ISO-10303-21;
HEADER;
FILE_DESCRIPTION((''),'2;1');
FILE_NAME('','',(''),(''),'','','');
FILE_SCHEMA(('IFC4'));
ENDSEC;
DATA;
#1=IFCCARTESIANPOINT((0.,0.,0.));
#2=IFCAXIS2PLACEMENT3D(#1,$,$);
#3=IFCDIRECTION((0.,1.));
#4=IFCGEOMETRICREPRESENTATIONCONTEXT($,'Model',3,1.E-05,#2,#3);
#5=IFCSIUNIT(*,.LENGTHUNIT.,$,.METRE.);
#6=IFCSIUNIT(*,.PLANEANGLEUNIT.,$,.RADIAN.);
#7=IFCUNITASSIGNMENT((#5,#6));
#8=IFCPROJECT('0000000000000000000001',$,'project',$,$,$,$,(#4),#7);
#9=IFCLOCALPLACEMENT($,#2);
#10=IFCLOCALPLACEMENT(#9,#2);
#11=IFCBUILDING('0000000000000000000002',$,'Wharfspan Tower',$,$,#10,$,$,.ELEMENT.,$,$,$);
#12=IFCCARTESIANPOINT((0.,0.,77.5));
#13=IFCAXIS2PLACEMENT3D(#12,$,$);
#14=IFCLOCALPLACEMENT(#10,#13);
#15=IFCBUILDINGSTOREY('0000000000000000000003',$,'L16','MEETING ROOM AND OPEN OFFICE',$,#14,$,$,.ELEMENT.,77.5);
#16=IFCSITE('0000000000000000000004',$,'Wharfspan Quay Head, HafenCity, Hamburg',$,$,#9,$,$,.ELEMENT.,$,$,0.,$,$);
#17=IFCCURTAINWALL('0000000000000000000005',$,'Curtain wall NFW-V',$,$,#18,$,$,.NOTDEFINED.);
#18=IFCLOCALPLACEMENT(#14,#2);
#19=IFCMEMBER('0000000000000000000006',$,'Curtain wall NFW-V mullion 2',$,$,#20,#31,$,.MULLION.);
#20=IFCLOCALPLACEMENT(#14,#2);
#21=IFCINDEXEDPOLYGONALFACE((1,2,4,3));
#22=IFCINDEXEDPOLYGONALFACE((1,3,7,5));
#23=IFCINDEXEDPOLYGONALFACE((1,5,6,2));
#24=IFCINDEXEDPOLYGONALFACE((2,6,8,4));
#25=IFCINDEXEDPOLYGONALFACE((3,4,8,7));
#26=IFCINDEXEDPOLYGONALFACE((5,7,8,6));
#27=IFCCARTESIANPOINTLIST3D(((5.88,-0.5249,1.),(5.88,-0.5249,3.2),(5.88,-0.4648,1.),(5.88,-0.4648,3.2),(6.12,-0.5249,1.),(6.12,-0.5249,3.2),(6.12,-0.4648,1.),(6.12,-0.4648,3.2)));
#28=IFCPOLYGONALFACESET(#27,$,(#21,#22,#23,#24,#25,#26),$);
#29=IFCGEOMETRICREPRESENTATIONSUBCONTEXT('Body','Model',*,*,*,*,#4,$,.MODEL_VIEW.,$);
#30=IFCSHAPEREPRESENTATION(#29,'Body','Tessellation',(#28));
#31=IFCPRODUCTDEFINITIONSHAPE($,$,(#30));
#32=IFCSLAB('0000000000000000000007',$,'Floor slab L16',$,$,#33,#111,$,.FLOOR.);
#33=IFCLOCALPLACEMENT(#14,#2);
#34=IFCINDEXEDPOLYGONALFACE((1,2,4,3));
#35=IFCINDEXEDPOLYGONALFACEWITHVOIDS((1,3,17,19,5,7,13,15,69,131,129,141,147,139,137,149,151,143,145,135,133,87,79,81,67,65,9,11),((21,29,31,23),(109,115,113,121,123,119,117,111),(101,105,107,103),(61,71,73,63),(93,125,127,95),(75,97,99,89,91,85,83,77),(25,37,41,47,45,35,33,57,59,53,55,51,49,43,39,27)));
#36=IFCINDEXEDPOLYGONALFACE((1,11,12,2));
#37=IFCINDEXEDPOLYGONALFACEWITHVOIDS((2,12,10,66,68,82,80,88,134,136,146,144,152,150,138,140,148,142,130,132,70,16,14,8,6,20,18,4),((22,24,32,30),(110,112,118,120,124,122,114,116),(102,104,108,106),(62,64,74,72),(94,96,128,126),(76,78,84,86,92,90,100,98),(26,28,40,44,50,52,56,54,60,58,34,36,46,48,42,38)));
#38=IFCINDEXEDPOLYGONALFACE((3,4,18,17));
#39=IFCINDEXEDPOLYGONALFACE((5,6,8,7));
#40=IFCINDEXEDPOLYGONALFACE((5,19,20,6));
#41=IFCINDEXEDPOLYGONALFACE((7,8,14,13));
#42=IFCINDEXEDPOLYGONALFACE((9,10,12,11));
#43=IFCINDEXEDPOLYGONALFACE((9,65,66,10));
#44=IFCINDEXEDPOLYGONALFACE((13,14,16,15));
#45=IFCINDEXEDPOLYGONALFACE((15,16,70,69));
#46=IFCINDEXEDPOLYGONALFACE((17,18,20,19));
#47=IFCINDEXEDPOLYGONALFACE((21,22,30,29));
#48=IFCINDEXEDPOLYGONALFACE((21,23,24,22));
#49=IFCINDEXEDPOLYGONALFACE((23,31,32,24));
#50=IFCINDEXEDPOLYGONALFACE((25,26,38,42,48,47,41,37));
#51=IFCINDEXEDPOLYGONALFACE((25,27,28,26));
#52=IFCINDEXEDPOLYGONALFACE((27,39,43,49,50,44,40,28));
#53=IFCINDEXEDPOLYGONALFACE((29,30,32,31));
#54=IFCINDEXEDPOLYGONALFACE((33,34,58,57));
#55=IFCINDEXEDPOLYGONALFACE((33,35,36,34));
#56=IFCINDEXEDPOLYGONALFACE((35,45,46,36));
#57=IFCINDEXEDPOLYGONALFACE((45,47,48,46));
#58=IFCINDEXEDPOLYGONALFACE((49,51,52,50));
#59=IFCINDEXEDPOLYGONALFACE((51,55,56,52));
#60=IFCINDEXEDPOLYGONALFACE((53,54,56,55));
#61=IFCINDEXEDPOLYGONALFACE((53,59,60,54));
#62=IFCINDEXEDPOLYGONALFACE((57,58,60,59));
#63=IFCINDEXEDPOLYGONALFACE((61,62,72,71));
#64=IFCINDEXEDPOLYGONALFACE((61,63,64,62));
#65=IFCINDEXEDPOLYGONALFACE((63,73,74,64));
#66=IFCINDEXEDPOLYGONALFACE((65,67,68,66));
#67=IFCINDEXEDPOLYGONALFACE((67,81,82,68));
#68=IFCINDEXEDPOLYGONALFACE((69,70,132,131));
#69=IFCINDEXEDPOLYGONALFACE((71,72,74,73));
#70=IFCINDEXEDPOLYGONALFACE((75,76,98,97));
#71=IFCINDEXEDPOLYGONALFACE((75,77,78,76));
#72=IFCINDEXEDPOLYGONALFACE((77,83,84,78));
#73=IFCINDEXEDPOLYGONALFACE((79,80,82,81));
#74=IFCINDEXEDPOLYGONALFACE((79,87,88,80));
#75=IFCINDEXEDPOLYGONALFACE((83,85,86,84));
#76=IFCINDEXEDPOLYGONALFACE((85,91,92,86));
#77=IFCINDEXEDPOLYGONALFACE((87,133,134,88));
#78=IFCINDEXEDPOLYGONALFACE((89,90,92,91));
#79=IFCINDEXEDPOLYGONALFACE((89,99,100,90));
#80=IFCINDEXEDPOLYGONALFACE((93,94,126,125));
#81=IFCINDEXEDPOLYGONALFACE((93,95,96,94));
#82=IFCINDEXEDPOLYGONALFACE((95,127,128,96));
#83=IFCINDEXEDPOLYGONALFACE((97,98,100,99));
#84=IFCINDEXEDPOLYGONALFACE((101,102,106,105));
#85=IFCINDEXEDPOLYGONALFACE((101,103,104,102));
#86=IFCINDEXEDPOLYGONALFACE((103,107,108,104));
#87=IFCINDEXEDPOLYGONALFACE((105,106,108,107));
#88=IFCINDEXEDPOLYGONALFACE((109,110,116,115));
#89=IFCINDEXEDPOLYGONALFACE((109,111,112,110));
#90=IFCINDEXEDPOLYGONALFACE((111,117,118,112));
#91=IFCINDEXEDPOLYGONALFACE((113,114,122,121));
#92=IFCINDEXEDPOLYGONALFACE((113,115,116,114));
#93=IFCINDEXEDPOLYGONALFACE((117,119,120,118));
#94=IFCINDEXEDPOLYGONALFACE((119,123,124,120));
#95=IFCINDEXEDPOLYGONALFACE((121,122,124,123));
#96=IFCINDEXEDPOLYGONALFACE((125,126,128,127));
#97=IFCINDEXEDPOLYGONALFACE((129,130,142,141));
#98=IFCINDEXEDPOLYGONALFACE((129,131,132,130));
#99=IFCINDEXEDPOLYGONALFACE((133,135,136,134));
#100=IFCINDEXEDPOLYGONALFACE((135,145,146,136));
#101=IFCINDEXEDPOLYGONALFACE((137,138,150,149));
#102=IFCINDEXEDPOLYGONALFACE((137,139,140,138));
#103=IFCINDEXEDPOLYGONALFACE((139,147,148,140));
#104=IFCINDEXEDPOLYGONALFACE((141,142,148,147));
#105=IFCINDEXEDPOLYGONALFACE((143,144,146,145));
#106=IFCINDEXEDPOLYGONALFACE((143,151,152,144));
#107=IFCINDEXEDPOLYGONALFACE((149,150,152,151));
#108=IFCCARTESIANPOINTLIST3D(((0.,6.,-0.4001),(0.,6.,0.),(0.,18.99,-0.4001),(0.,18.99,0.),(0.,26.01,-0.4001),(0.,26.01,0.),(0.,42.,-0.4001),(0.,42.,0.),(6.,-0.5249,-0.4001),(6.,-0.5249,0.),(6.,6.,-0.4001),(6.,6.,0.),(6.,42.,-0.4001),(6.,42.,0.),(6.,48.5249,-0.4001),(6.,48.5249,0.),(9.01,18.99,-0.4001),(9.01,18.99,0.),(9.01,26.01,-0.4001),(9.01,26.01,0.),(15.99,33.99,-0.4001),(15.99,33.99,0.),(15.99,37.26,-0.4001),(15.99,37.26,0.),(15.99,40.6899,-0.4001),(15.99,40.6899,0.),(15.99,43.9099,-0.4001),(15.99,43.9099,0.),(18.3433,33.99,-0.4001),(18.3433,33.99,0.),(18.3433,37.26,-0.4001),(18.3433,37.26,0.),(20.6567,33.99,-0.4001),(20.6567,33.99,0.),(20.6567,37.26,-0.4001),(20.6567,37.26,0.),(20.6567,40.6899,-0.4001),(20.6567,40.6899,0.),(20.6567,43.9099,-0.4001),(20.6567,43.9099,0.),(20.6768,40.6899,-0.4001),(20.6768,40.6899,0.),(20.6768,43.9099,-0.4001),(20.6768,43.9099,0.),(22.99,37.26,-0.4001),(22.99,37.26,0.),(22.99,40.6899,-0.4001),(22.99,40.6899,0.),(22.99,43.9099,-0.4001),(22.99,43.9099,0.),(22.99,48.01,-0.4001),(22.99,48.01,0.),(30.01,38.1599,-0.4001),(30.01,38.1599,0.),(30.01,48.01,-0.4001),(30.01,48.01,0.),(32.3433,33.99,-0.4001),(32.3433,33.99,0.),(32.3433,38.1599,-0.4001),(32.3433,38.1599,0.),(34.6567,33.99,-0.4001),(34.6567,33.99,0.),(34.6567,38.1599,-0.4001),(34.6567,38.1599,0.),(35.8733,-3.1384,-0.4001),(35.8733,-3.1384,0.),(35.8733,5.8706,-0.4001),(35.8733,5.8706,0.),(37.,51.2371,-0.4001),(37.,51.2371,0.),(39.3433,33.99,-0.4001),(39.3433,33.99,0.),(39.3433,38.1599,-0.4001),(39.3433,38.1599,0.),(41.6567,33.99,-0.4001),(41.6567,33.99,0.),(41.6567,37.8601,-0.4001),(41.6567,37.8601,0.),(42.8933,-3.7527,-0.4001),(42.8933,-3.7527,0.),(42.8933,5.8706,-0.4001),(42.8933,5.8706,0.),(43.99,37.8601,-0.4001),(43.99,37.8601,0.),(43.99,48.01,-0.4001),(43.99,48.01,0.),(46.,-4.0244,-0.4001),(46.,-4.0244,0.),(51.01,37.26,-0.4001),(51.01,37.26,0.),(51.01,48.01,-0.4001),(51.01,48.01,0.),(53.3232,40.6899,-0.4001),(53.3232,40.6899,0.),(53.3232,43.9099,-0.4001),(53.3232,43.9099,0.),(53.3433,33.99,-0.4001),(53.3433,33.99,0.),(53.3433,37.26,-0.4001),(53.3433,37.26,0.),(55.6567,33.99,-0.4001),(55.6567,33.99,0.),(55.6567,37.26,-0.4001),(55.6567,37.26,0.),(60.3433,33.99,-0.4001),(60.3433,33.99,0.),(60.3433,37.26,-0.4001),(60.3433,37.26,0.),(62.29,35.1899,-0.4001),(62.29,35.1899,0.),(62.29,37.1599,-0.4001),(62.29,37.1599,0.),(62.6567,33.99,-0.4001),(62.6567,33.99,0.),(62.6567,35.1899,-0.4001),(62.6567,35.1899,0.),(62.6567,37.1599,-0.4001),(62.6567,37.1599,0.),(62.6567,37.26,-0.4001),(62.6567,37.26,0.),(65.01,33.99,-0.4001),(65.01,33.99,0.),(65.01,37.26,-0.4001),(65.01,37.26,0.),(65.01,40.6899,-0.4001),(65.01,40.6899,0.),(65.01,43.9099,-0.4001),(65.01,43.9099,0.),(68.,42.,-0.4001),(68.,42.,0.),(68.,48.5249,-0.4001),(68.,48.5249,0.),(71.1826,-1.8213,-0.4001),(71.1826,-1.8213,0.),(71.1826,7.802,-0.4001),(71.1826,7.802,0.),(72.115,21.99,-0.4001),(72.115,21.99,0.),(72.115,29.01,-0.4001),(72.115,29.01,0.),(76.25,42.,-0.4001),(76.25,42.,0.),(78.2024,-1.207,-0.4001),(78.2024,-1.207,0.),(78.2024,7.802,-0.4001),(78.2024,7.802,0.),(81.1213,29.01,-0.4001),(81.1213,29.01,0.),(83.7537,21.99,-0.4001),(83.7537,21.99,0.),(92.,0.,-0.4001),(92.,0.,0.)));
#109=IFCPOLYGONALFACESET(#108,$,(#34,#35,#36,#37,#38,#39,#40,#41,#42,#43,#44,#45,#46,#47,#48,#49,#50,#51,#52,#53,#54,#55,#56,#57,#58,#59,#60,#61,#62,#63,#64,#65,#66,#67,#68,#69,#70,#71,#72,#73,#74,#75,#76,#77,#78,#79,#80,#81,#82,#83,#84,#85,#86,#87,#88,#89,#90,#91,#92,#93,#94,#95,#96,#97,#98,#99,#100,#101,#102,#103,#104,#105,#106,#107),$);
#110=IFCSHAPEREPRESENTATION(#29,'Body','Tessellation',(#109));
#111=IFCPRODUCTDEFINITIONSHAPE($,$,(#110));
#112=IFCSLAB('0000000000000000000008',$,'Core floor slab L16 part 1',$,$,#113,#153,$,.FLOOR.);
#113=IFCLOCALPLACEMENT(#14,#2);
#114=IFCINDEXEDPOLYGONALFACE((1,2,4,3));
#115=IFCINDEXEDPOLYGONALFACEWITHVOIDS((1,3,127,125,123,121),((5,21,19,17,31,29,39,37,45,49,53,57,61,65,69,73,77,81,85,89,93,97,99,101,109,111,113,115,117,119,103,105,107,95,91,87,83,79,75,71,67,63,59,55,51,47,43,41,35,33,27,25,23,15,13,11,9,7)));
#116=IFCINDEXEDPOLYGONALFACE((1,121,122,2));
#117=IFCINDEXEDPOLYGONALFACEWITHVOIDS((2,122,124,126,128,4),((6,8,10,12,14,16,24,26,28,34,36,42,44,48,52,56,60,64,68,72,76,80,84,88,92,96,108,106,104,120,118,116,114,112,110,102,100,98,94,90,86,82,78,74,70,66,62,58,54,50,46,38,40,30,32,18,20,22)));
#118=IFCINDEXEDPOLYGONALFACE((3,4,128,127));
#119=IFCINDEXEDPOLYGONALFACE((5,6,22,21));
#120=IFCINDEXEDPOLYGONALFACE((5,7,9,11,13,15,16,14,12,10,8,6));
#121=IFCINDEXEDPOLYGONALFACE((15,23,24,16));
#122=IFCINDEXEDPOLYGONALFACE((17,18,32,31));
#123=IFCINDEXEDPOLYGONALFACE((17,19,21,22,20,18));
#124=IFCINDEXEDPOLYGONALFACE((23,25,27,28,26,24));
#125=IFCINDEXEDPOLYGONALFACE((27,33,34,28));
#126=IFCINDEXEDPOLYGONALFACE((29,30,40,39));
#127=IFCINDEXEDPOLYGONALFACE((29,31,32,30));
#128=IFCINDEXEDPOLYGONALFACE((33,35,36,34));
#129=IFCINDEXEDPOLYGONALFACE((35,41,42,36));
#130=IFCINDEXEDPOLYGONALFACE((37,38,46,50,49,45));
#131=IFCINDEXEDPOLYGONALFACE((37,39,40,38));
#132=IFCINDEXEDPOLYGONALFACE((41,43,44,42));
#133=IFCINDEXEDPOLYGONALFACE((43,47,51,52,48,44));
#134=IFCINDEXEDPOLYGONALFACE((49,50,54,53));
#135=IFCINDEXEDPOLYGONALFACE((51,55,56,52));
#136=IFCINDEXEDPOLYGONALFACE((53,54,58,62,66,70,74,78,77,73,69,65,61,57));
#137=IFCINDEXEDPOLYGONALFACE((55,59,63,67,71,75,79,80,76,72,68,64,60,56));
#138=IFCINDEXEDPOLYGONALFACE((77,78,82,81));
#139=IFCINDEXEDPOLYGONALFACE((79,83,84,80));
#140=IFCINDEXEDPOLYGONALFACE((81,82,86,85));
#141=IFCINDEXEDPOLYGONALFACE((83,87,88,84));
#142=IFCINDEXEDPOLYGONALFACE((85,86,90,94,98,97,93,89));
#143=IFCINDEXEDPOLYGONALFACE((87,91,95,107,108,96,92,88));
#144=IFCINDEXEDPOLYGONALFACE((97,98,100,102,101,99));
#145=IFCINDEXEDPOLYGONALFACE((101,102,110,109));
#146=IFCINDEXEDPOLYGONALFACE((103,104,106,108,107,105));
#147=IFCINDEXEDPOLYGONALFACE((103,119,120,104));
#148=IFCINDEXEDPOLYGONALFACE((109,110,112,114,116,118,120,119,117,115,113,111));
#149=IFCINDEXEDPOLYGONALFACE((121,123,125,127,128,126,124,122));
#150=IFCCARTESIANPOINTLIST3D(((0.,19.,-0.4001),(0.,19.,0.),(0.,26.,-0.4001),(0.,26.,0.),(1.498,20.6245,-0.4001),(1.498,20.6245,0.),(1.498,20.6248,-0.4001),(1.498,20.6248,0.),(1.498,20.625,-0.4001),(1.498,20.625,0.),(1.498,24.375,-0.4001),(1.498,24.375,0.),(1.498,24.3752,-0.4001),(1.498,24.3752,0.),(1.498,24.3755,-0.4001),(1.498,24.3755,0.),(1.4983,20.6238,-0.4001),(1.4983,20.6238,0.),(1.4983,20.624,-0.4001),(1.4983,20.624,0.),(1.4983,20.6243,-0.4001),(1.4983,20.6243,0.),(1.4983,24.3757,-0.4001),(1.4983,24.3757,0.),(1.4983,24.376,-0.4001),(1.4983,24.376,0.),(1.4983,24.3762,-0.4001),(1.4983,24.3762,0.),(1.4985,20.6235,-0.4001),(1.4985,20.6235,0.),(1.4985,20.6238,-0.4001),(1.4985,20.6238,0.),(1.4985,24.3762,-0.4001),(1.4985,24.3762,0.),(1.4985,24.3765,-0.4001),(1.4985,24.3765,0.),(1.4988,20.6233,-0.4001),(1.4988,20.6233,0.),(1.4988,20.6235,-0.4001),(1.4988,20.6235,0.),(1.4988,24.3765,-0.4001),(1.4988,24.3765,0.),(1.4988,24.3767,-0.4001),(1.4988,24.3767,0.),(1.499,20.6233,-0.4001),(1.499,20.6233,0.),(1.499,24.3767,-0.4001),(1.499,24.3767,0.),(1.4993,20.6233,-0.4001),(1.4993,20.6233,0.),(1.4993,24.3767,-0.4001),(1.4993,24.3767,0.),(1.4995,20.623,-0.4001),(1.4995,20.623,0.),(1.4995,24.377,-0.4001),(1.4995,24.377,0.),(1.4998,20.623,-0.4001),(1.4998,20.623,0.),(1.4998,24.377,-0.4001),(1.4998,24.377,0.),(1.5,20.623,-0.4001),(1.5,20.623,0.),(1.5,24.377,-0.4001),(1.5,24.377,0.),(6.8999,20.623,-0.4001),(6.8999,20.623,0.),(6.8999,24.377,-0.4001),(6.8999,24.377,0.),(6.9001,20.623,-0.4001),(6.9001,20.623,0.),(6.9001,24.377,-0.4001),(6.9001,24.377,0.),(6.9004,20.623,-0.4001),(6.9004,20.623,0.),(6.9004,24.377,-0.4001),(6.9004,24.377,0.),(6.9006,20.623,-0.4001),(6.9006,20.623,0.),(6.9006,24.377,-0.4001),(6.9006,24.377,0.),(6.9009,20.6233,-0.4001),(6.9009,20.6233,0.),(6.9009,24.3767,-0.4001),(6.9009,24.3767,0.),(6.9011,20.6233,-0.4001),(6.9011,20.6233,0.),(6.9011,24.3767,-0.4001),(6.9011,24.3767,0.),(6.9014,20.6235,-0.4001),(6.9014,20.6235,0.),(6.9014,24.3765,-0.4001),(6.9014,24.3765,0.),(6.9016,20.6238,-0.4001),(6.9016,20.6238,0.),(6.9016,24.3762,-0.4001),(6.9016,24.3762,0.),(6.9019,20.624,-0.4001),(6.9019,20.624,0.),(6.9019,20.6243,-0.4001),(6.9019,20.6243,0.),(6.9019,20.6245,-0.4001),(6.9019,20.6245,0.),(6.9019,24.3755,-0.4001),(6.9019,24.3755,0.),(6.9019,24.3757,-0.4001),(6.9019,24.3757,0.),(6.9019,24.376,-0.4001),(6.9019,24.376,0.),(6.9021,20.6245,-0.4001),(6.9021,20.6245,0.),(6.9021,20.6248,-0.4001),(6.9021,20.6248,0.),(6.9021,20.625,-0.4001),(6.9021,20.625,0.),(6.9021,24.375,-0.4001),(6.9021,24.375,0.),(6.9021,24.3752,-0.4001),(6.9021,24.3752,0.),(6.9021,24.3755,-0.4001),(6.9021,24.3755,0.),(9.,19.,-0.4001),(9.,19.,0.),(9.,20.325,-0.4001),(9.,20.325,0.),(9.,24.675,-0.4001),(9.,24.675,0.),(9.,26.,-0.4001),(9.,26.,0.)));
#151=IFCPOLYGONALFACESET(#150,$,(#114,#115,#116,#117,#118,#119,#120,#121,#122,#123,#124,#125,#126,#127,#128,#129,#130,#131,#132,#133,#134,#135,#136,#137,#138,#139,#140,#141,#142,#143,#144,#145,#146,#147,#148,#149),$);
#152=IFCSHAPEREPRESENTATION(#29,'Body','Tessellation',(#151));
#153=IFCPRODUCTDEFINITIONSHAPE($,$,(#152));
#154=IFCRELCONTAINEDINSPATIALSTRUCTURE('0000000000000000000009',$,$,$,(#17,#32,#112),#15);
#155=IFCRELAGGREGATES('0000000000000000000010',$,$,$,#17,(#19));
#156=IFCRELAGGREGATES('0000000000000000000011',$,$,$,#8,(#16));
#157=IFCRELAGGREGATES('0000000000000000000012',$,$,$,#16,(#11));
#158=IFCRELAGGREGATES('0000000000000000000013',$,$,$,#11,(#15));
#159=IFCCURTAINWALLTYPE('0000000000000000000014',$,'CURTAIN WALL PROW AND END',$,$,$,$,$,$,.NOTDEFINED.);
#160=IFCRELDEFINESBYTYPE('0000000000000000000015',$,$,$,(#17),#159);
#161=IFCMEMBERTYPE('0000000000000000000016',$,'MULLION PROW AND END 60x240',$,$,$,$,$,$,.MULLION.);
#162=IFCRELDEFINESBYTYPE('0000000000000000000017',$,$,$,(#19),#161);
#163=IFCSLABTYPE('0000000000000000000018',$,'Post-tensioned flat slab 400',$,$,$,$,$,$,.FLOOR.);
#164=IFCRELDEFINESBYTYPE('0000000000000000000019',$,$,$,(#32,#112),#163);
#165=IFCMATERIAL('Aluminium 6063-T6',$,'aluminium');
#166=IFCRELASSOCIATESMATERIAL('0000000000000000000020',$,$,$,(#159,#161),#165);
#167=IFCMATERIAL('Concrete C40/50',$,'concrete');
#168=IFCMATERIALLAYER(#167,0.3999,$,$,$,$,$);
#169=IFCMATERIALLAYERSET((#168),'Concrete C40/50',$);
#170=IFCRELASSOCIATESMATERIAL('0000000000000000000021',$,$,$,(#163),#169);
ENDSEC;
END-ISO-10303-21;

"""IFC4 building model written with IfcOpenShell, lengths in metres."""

from ifc_helpers import new_model, si_unit, direction, frame, origin, origin_2d, place, context, subcontext, project, spatial, polyline, rectangle, outline, extrude, material, layer, layer_set, material_profile, profile_set, type_object, element, aggregate, save


model = new_model("IFC4")

# Units and contexts
model_context = context("Model", 3, precision=1e-05, world=origin(), true_north=direction((0.0, 1.0)))
body_context = subcontext(model_context, "Body", "Model", "MODEL_VIEW")
ifc_project = project(units=[si_unit("LENGTHUNIT", "METRE"), si_unit("PLANEANGLEUNIT", "RADIAN")], contexts=[model_context])

# Site, building, storey
site_placement = place(None, origin())
site = spatial("IfcSite", under=ifc_project, at=site_placement, Name="Wharfspan Quay Head, HafenCity, Hamburg", CompositionType="ELEMENT", RefElevation=0.0)
building_placement = place(site_placement, origin())
building = spatial("IfcBuilding", under=site, at=building_placement, Name="Wharfspan Tower", CompositionType="ELEMENT")
storey_placement = place(building_placement, frame((0.0, 0.0, 77.5)))
storey = spatial("IfcBuildingStorey", under=building, at=storey_placement, Name="L16", Description="MEETING ROOM AND OPEN OFFICE", CompositionType="ELEMENT", Elevation=77.5)

# Curtain wall, member
ifc_material_1 = material(Name="Aluminium 6063-T6", Category="aluminium")
curtain_wall_type = type_object("IfcCurtainWallType", Name="CURTAIN WALL PROW AND END", PredefinedType="NOTDEFINED", material=ifc_material_1)
curtain_wall_placement = place(storey_placement, origin())
curtain_wall = element("IfcCurtainWall", 1, at=curtain_wall_placement, inside=storey, type_object=curtain_wall_type, Name="Curtain wall NFW-V", PredefinedType="NOTDEFINED")
ifc_material_profile = material_profile(ifc_material_1, rectangle(XDim=0.24, YDim=0.0601, at=origin_2d()))
ifc_profile_set = profile_set([ifc_material_profile], Name="Aluminium 6063-T6")
member_type = type_object("IfcMemberType", Name="MULLION PROW AND END 60x240", PredefinedType="MULLION", material=ifc_profile_set)
member_placement = place(storey_placement, frame((6.0, -0.4949, 1.0), z_axis=(0.0, 0.0, 1.0), x_axis=(1.0, 0.0, 0.0)))
member = element("IfcMember", 2, at=member_placement, type_object=member_type, Name="Curtain wall NFW-V mullion 2", PredefinedType="MULLION", context=body_context, shape_type="SweptSolid", body=[
    extrude(rectangle(XDim=0.24, YDim=0.0601, at=origin_2d()), origin(), (0.0, 0.0, 1.0), 2.2),
])
aggregate(curtain_wall, [member])

# Slabs
ifc_material_2 = material(Name="Concrete C40/50", Category="concrete")
ifc_layer_1 = layer(ifc_material_2, 0.3999)
ifc_layer_set_1 = layer_set([ifc_layer_1], Name="Concrete C40/50")
slab_type_1 = type_object("IfcSlabType", Name="Post-tensioned flat slab 400", PredefinedType="FLOOR", material=ifc_layer_set_1)
slab_1_placement = place(storey_placement, frame((0.0, 0.0, -0.4001)))
element("IfcSlab", 3, at=slab_1_placement, inside=storey, type_object=slab_type_1, Name="Floor slab L16", PredefinedType="FLOOR", context=body_context, shape_type="SweptSolid", body=[
    extrude(outline(polyline([(35.8733, -3.1384), (35.8733, 5.8706), (42.8933, 5.8706), (42.8933, -3.7527), (46.0, -4.0244), (71.1826, -1.8213), (71.1826, 7.802), (78.2024, 7.802), (78.2024, -1.207), (92.0, 0.0), (83.7537, 21.99), (72.115, 21.99), (72.115, 29.01), (81.1213, 29.01), (76.25, 42.0), (68.0, 42.0), (68.0, 48.5249), (37.0, 51.2371), (6.0, 48.5249), (6.0, 42.0), (0.0, 42.0), (0.0, 26.01), (9.01, 26.01), (9.01, 18.99), (0.0, 18.99), (0.0, 6.0), (6.0, 6.0), (6.0, -0.5249), (35.8733, -3.1384)]), holes=[polyline([(62.29, 37.1599), (62.6567, 37.1599), (62.6567, 37.26), (65.01, 37.26), (65.01, 33.99), (62.6567, 33.99), (62.6567, 35.1899), (62.29, 35.1899), (62.29, 37.1599)]), polyline([(65.01, 43.9099), (65.01, 40.6899), (53.3232, 40.6899), (53.3232, 43.9099), (65.01, 43.9099)]), polyline([(55.6567, 33.99), (55.6567, 37.26), (60.3433, 37.26), (60.3433, 33.99), (55.6567, 33.99)]), polyline([(43.99, 37.8601), (43.99, 48.01), (51.01, 48.01), (51.01, 37.26), (53.3433, 37.26), (53.3433, 33.99), (41.6567, 33.99), (41.6567, 37.8601), (43.99, 37.8601)]), polyline([(34.6567, 33.99), (34.6567, 38.1599), (39.3433, 38.1599), (39.3433, 33.99), (34.6567, 33.99)]), polyline([(15.99, 40.6899), (15.99, 43.9099), (20.6567, 43.9099), (20.6768, 43.9099), (22.99, 43.9099), (22.99, 48.01), (30.01, 48.01), (30.01, 38.1599), (32.3433, 38.1599), (32.3433, 33.99), (20.6567, 33.99), (20.6567, 37.26), (22.99, 37.26), (22.99, 40.6899), (20.6768, 40.6899), (20.6567, 40.6899), (15.99, 40.6899)]), polyline([(18.3433, 37.26), (18.3433, 33.99), (15.99, 33.99), (15.99, 37.26), (18.3433, 37.26)])]), origin(), (0.0, 0.0, 1.0), 0.4001),
])
slab_2_placement = place(storey_placement, frame((0.0, 0.0, -0.4001)))
element("IfcSlab", 4, at=slab_2_placement, inside=storey, type_object=slab_type_1, Name="Core floor slab L16 part 1", PredefinedType="FLOOR", context=body_context, shape_type="SweptSolid", body=[
    extrude(outline(polyline([(9.0, 20.325), (9.0, 24.675), (9.0, 26.0), (0.0, 26.0), (0.0, 19.0), (9.0, 19.0), (9.0, 20.325)]), holes=[polyline([(6.9021, 20.625), (6.9021, 20.6248), (6.9021, 20.6245), (6.9019, 20.6245), (6.9019, 20.6243), (6.9019, 20.624), (6.9016, 20.6238), (6.9016, 20.6238), (6.9014, 20.6235), (6.9014, 20.6235), (6.9011, 20.6233), (6.9009, 20.6233), (6.9009, 20.6233), (6.9006, 20.623), (6.9004, 20.623), (6.9001, 20.623), (6.8999, 20.623), (1.5, 20.623), (1.4998, 20.623), (1.4995, 20.623), (1.4995, 20.623), (1.4993, 20.6233), (1.499, 20.6233), (1.4988, 20.6233), (1.4988, 20.6235), (1.4985, 20.6235), (1.4985, 20.6238), (1.4983, 20.6238), (1.4983, 20.624), (1.4983, 20.6243), (1.498, 20.6245), (1.498, 20.6245), (1.498, 20.6248), (1.498, 20.625), (1.498, 24.375), (1.498, 24.3752), (1.498, 24.3755), (1.498, 24.3755), (1.4983, 24.3757), (1.4983, 24.376), (1.4983, 24.3762), (1.4985, 24.3762), (1.4985, 24.3765), (1.4988, 24.3765), (1.4988, 24.3767), (1.499, 24.3767), (1.4993, 24.3767), (1.4995, 24.377), (1.4995, 24.377), (1.4998, 24.377), (1.5, 24.377), (6.8999, 24.377), (6.9001, 24.377), (6.9004, 24.377), (6.9006, 24.377), (6.9009, 24.3767), (6.9009, 24.3767), (6.9011, 24.3767), (6.9014, 24.3765), (6.9014, 24.3765), (6.9016, 24.3762), (6.9016, 24.3762), (6.9019, 24.376), (6.9019, 24.3757), (6.9019, 24.3755), (6.9021, 24.3755), (6.9021, 24.3752), (6.9021, 24.375), (6.9021, 20.625)])]), origin(), (0.0, 0.0, 1.0), 0.4001),
])

save(model, "model.ifc")
